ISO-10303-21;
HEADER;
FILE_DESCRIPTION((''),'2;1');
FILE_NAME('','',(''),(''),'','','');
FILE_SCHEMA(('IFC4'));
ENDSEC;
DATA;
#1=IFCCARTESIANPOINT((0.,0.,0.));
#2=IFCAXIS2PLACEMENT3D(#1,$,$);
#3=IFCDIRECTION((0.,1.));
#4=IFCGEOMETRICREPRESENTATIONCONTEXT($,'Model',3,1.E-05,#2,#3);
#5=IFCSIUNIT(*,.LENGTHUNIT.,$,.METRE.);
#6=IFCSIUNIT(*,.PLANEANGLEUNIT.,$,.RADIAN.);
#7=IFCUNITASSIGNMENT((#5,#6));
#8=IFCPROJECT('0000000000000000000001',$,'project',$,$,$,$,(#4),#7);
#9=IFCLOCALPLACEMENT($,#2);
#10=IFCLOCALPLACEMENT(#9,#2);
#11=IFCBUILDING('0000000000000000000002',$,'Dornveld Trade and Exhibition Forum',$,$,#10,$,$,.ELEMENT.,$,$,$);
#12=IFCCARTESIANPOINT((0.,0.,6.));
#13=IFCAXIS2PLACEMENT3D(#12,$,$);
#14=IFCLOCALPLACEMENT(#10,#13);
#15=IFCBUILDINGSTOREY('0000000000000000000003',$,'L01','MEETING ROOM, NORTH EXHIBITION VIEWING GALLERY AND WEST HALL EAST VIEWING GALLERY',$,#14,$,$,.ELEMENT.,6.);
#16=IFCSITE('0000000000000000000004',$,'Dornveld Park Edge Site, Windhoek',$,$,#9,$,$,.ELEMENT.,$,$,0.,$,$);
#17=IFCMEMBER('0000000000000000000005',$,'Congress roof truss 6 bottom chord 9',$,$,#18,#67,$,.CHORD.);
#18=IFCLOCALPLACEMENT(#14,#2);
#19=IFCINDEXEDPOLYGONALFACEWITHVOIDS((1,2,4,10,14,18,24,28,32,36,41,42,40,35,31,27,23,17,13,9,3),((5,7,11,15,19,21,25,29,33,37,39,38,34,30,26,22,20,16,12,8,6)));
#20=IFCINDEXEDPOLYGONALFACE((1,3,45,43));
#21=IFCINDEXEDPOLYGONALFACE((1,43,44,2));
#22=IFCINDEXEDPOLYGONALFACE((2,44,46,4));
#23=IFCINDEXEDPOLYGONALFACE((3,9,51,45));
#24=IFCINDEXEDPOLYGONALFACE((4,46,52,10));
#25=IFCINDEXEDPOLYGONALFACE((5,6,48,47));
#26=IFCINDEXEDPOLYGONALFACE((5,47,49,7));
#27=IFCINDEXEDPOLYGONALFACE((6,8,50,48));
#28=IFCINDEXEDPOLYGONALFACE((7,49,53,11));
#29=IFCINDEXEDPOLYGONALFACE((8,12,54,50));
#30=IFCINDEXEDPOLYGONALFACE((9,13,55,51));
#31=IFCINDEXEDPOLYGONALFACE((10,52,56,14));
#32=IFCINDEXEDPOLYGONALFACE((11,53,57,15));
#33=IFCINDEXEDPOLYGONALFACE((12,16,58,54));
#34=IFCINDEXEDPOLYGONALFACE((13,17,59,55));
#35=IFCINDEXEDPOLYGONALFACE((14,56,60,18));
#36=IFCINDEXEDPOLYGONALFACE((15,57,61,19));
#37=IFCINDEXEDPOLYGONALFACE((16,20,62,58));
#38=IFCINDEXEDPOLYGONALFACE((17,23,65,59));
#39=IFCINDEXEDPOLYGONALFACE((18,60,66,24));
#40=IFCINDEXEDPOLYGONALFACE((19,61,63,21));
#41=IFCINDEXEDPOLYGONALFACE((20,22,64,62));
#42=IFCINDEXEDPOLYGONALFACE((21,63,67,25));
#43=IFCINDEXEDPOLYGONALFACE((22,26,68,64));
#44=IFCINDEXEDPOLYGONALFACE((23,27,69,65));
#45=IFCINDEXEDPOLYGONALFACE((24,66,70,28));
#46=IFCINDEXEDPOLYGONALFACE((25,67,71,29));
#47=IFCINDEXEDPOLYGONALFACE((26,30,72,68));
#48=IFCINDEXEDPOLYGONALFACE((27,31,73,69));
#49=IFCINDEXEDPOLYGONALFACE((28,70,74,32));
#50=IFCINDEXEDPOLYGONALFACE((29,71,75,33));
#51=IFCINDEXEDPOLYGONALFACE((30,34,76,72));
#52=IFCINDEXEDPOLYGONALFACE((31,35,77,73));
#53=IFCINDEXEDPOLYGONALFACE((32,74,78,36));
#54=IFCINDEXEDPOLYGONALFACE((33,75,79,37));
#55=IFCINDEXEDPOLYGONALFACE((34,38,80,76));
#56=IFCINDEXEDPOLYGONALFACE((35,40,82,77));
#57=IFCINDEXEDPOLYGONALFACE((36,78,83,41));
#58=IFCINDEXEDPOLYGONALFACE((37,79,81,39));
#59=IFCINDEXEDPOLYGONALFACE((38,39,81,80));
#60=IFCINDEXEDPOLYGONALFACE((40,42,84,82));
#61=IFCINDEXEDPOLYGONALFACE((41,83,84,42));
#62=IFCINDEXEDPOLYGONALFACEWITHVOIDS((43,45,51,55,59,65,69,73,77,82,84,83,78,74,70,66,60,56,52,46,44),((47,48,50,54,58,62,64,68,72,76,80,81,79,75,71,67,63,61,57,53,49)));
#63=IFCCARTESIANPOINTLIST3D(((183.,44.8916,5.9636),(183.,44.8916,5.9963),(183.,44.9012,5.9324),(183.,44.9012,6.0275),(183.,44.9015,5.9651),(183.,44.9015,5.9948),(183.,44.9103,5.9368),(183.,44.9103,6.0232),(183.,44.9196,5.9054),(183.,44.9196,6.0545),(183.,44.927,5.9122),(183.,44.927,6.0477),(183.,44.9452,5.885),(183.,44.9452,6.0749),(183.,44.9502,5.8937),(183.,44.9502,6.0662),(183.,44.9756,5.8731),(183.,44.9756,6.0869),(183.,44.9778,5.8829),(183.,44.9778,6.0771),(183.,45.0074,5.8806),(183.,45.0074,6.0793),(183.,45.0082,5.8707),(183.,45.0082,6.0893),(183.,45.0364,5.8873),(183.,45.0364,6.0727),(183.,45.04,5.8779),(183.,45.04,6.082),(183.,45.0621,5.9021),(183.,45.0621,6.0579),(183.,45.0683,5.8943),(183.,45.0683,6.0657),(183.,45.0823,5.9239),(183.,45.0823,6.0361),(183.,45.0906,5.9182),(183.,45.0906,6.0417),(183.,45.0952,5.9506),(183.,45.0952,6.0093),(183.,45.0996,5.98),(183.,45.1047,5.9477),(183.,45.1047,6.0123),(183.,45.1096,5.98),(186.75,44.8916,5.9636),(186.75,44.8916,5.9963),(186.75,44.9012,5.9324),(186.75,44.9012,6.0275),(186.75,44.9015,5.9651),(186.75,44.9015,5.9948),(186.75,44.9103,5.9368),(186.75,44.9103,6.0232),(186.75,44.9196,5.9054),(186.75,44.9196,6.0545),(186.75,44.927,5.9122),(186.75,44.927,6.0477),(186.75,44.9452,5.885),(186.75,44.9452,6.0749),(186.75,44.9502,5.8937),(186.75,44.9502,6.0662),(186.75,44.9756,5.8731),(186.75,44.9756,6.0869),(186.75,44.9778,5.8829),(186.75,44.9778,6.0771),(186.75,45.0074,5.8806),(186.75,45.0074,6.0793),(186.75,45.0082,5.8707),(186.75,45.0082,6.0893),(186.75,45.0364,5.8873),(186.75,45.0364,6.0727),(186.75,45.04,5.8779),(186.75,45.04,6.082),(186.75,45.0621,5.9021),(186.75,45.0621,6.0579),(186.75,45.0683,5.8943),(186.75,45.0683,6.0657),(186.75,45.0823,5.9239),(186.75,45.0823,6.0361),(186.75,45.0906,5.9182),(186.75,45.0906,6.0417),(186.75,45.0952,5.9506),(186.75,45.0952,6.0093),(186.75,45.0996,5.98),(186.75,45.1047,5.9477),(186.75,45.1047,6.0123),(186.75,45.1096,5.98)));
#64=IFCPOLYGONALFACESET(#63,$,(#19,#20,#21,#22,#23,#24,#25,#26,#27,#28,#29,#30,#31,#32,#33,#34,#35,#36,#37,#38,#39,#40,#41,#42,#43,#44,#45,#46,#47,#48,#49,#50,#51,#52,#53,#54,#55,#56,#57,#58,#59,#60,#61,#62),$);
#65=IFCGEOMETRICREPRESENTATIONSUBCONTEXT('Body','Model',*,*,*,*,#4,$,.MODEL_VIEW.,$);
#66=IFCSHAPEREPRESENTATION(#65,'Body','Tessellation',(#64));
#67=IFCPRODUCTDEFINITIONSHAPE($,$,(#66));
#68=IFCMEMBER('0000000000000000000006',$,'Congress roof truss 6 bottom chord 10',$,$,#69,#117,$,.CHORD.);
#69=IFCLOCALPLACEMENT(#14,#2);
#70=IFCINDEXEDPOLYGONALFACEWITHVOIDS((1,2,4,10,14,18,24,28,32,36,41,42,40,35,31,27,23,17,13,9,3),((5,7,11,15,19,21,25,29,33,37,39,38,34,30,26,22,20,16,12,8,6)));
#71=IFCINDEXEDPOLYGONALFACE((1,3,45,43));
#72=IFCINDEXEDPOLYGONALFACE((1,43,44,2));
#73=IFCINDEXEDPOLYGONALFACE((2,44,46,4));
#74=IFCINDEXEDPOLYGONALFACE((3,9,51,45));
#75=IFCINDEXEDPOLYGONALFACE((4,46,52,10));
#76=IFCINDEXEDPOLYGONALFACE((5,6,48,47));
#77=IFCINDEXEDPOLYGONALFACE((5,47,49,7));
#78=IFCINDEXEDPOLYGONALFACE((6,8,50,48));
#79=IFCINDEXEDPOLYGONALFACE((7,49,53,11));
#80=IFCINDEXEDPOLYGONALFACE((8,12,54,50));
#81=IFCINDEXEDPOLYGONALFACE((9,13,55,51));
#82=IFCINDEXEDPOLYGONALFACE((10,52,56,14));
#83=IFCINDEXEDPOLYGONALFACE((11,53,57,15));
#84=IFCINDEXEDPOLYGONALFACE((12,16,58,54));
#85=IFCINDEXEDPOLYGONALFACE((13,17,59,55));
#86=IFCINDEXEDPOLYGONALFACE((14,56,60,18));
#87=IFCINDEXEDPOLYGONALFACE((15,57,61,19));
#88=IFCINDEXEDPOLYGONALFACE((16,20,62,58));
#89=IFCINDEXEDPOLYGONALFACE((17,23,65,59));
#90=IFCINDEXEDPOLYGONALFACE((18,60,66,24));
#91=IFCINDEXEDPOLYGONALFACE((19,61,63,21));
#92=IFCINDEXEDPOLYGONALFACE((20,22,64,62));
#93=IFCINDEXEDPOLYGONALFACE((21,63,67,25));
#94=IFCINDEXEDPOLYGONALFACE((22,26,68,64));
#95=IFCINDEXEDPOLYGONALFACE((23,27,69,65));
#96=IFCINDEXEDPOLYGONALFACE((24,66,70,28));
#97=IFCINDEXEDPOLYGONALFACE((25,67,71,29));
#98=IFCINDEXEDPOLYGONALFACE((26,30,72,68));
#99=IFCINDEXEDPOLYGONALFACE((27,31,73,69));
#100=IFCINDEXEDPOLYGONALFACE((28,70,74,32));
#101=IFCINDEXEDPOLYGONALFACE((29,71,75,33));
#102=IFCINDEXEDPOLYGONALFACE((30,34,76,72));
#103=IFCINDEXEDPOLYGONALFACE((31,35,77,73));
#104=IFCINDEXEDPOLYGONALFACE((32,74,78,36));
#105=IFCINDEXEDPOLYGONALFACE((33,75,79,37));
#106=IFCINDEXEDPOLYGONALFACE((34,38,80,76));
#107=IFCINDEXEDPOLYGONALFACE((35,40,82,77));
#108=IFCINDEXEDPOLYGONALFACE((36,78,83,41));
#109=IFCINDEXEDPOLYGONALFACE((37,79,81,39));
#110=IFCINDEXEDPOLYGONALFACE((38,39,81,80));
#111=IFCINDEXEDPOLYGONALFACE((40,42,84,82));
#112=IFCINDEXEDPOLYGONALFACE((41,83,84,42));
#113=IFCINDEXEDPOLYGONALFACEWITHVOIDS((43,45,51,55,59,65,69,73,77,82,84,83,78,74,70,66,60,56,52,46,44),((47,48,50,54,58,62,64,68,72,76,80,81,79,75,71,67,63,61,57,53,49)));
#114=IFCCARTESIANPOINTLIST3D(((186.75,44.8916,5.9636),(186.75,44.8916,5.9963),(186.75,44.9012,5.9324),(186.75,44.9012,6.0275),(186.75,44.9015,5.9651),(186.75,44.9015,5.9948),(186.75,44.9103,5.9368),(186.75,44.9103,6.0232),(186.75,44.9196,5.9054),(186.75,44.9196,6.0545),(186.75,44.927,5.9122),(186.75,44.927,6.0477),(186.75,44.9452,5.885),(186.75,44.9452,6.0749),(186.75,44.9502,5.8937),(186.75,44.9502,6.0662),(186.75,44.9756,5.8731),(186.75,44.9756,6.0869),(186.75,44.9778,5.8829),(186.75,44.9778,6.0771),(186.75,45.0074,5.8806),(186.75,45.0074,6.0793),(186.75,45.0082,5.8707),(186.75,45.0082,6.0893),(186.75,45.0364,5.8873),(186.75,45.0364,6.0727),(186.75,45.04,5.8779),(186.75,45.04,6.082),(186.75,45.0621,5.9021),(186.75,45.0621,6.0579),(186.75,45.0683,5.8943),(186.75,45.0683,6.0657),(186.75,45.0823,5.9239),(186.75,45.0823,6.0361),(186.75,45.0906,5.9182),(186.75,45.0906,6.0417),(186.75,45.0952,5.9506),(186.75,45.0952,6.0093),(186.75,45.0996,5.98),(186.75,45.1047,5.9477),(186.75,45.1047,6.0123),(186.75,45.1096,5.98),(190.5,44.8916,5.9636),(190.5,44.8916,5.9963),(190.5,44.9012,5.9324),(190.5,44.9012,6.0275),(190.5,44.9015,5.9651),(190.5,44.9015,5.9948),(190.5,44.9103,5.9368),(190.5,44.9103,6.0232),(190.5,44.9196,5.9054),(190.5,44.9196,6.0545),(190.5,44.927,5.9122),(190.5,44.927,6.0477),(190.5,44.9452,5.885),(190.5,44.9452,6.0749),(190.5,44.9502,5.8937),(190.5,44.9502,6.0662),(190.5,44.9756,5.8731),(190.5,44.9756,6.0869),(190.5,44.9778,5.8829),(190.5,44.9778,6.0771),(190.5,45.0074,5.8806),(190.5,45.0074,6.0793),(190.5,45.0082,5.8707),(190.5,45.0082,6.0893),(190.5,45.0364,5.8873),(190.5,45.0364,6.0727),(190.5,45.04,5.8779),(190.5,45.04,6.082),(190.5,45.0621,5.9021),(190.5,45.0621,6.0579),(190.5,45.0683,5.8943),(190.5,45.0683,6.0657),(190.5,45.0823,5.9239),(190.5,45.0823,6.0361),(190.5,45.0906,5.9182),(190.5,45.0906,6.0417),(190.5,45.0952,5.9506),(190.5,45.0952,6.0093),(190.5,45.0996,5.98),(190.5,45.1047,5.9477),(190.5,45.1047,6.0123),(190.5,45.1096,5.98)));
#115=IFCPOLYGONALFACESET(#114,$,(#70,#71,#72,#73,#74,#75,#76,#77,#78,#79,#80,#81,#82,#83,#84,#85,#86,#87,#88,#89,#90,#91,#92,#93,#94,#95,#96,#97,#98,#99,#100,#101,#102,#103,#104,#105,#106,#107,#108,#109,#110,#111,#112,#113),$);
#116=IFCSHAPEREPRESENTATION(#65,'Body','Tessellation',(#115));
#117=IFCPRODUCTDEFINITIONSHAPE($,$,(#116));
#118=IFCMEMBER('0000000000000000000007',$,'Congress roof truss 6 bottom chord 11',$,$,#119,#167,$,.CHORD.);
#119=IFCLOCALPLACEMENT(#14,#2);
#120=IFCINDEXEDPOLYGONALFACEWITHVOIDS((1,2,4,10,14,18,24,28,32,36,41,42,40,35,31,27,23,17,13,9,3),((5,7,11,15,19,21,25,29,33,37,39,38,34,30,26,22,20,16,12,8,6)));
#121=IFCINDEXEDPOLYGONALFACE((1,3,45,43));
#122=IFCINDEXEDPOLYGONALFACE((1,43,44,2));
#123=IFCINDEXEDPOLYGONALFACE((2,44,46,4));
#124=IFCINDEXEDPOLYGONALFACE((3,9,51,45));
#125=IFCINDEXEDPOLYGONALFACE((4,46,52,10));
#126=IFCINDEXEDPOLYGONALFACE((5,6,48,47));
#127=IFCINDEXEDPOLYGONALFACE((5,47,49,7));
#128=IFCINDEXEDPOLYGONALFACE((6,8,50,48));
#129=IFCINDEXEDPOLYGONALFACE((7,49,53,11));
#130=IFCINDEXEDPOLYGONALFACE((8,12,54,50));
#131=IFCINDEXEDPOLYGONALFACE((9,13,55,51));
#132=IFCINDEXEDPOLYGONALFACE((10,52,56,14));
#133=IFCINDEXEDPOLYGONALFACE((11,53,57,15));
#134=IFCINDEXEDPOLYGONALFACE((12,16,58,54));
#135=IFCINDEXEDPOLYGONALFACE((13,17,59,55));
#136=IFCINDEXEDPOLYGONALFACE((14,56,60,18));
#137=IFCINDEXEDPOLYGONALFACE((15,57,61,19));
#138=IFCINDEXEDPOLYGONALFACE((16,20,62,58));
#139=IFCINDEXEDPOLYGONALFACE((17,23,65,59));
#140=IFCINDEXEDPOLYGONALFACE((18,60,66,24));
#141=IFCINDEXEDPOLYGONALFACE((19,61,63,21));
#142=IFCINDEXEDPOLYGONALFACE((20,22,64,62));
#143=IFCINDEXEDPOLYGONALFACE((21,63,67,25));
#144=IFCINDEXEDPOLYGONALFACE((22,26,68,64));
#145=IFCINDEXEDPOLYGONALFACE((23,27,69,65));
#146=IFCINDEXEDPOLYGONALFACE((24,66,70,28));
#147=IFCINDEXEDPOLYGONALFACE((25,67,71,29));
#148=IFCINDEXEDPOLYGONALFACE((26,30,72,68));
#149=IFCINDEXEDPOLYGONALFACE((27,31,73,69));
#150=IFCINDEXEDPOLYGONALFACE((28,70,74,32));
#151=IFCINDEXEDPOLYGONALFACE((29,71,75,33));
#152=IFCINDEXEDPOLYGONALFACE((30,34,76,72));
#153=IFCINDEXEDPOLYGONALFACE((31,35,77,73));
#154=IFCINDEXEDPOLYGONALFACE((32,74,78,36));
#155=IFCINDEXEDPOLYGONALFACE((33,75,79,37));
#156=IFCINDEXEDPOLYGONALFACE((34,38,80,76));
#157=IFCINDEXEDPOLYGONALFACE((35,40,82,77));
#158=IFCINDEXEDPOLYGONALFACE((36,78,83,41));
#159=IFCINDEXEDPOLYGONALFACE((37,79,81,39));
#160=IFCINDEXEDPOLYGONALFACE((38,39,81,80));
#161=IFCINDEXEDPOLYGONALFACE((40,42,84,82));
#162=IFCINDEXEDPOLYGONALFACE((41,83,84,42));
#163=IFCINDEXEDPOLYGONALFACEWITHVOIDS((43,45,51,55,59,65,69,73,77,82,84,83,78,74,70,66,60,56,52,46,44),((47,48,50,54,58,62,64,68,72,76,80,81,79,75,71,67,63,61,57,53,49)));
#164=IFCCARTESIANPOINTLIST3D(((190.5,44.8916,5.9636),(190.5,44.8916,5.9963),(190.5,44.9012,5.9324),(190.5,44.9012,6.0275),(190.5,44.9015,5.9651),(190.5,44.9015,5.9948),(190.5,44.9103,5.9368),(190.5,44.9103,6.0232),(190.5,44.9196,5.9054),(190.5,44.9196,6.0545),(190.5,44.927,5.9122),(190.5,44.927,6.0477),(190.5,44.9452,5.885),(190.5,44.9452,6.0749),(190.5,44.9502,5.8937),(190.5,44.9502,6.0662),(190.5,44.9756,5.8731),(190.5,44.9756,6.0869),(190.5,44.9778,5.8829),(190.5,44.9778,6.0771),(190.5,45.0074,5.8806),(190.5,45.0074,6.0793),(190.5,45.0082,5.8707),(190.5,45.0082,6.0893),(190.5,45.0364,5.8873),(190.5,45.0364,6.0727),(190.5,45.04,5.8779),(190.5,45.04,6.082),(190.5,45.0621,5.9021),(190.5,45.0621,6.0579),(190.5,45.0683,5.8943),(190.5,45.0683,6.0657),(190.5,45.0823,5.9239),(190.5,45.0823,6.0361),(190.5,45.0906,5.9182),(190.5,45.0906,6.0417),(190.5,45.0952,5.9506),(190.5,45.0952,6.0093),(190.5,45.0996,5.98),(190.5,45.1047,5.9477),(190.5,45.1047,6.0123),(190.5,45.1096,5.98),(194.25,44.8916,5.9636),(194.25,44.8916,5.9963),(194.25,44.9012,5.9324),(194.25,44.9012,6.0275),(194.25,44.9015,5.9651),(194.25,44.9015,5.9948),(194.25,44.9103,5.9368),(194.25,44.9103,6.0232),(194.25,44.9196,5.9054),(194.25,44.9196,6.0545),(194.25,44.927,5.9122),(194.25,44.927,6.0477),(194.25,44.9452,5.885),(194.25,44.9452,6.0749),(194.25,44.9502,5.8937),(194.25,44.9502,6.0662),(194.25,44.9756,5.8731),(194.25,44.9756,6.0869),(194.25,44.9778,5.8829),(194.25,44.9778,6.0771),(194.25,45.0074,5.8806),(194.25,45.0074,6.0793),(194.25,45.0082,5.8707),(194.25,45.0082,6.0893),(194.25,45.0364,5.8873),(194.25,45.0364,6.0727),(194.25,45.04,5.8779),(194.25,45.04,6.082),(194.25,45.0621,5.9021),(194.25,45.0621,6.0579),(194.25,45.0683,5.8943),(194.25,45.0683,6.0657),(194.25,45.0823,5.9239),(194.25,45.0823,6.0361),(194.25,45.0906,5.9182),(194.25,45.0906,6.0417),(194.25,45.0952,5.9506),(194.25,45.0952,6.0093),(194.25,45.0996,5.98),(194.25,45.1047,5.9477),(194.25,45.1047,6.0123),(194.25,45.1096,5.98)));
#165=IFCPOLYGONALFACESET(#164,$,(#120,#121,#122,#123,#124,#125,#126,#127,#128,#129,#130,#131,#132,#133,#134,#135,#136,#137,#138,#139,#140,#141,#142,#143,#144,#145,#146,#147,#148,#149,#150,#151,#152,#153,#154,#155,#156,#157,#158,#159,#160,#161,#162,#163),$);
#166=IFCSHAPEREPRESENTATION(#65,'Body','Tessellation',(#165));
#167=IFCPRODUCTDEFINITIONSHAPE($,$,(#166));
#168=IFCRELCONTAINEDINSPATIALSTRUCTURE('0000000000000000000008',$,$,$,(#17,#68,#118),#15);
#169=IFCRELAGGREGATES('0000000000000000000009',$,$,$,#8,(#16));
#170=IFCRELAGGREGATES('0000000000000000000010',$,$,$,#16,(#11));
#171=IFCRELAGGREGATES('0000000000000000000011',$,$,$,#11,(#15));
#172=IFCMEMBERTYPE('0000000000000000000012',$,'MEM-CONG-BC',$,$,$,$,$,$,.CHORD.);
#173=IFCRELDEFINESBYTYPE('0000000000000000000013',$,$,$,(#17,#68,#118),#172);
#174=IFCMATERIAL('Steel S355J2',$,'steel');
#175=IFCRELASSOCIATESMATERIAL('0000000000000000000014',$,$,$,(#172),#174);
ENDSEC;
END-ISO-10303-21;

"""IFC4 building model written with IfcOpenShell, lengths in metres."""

from ifc_helpers import new_model, si_unit, direction, frame, origin, origin_2d, place, context, subcontext, project, spatial, hollow_circle, extrude, material, material_profile, profile_set, type_object, element, save


model = new_model("IFC4")

# Units and contexts
model_context = context("Model", 3, precision=1e-05, world=origin(), true_north=direction((0.0, 1.0)))
body_context = subcontext(model_context, "Body", "Model", "MODEL_VIEW")
ifc_project = project(units=[si_unit("LENGTHUNIT", "METRE"), si_unit("PLANEANGLEUNIT", "RADIAN")], contexts=[model_context])

# Site, building, storey
site_placement = place(None, origin())
site = spatial("IfcSite", under=ifc_project, at=site_placement, Name="Dornveld Park Edge Site, Windhoek", CompositionType="ELEMENT", RefElevation=0.0)
building_placement = place(site_placement, origin())
building = spatial("IfcBuilding", under=site, at=building_placement, Name="Dornveld Trade and Exhibition Forum", CompositionType="ELEMENT")
storey_placement = place(building_placement, frame((0.0, 0.0, 6.0)))
storey = spatial("IfcBuildingStorey", under=building, at=storey_placement, Name="L01", Description="MEETING ROOM, NORTH EXHIBITION VIEWING GALLERY AND WEST HALL EAST VIEWING GALLERY", CompositionType="ELEMENT", Elevation=6.0)

# Members
ifc_material_1 = material(Name="Steel S355J2", Category="steel")
ifc_material_profile_1 = material_profile(ifc_material_1, hollow_circle(Radius=0.1096, WallThickness=0.01, at=origin_2d()), Name="CHS 219.1x10")
ifc_profile_set_1 = profile_set([ifc_material_profile_1], Name="Steel S355J2")
member_type_1 = type_object("IfcMemberType", Name="MEM-CONG-BC", PredefinedType="CHORD", material=ifc_profile_set_1)
for number, where, z_axis, x_axis, name in (
    (1, (183.0, 45.0, 5.98), (1.0, 0.0, 0.0), (0.0, 1.0, 0.0), "Congress roof truss 6 bottom chord 9"),
    (2, (186.75, 45.0, 5.98), (1.0, 0.0, 0.0), (0.0, 1.0, 0.0), "Congress roof truss 6 bottom chord 10"),
    (3, (190.5, 45.0, 5.98), (1.0, 0.0, 0.0), (0.0, 1.0, 0.0), "Congress roof truss 6 bottom chord 11"),
):
    element("IfcMember", number, at=place(storey_placement, frame(where, z_axis=z_axis, x_axis=x_axis)), inside=storey, type_object=member_type_1, Name=name, PredefinedType="CHORD", context=body_context, shape_type="SweptSolid", body=[
        extrude(hollow_circle(Radius=0.1096, WallThickness=0.01, at=origin_2d()), origin(), (0.0, 0.0, 1.0), 3.75),
    ])

save(model, "model.ifc")
